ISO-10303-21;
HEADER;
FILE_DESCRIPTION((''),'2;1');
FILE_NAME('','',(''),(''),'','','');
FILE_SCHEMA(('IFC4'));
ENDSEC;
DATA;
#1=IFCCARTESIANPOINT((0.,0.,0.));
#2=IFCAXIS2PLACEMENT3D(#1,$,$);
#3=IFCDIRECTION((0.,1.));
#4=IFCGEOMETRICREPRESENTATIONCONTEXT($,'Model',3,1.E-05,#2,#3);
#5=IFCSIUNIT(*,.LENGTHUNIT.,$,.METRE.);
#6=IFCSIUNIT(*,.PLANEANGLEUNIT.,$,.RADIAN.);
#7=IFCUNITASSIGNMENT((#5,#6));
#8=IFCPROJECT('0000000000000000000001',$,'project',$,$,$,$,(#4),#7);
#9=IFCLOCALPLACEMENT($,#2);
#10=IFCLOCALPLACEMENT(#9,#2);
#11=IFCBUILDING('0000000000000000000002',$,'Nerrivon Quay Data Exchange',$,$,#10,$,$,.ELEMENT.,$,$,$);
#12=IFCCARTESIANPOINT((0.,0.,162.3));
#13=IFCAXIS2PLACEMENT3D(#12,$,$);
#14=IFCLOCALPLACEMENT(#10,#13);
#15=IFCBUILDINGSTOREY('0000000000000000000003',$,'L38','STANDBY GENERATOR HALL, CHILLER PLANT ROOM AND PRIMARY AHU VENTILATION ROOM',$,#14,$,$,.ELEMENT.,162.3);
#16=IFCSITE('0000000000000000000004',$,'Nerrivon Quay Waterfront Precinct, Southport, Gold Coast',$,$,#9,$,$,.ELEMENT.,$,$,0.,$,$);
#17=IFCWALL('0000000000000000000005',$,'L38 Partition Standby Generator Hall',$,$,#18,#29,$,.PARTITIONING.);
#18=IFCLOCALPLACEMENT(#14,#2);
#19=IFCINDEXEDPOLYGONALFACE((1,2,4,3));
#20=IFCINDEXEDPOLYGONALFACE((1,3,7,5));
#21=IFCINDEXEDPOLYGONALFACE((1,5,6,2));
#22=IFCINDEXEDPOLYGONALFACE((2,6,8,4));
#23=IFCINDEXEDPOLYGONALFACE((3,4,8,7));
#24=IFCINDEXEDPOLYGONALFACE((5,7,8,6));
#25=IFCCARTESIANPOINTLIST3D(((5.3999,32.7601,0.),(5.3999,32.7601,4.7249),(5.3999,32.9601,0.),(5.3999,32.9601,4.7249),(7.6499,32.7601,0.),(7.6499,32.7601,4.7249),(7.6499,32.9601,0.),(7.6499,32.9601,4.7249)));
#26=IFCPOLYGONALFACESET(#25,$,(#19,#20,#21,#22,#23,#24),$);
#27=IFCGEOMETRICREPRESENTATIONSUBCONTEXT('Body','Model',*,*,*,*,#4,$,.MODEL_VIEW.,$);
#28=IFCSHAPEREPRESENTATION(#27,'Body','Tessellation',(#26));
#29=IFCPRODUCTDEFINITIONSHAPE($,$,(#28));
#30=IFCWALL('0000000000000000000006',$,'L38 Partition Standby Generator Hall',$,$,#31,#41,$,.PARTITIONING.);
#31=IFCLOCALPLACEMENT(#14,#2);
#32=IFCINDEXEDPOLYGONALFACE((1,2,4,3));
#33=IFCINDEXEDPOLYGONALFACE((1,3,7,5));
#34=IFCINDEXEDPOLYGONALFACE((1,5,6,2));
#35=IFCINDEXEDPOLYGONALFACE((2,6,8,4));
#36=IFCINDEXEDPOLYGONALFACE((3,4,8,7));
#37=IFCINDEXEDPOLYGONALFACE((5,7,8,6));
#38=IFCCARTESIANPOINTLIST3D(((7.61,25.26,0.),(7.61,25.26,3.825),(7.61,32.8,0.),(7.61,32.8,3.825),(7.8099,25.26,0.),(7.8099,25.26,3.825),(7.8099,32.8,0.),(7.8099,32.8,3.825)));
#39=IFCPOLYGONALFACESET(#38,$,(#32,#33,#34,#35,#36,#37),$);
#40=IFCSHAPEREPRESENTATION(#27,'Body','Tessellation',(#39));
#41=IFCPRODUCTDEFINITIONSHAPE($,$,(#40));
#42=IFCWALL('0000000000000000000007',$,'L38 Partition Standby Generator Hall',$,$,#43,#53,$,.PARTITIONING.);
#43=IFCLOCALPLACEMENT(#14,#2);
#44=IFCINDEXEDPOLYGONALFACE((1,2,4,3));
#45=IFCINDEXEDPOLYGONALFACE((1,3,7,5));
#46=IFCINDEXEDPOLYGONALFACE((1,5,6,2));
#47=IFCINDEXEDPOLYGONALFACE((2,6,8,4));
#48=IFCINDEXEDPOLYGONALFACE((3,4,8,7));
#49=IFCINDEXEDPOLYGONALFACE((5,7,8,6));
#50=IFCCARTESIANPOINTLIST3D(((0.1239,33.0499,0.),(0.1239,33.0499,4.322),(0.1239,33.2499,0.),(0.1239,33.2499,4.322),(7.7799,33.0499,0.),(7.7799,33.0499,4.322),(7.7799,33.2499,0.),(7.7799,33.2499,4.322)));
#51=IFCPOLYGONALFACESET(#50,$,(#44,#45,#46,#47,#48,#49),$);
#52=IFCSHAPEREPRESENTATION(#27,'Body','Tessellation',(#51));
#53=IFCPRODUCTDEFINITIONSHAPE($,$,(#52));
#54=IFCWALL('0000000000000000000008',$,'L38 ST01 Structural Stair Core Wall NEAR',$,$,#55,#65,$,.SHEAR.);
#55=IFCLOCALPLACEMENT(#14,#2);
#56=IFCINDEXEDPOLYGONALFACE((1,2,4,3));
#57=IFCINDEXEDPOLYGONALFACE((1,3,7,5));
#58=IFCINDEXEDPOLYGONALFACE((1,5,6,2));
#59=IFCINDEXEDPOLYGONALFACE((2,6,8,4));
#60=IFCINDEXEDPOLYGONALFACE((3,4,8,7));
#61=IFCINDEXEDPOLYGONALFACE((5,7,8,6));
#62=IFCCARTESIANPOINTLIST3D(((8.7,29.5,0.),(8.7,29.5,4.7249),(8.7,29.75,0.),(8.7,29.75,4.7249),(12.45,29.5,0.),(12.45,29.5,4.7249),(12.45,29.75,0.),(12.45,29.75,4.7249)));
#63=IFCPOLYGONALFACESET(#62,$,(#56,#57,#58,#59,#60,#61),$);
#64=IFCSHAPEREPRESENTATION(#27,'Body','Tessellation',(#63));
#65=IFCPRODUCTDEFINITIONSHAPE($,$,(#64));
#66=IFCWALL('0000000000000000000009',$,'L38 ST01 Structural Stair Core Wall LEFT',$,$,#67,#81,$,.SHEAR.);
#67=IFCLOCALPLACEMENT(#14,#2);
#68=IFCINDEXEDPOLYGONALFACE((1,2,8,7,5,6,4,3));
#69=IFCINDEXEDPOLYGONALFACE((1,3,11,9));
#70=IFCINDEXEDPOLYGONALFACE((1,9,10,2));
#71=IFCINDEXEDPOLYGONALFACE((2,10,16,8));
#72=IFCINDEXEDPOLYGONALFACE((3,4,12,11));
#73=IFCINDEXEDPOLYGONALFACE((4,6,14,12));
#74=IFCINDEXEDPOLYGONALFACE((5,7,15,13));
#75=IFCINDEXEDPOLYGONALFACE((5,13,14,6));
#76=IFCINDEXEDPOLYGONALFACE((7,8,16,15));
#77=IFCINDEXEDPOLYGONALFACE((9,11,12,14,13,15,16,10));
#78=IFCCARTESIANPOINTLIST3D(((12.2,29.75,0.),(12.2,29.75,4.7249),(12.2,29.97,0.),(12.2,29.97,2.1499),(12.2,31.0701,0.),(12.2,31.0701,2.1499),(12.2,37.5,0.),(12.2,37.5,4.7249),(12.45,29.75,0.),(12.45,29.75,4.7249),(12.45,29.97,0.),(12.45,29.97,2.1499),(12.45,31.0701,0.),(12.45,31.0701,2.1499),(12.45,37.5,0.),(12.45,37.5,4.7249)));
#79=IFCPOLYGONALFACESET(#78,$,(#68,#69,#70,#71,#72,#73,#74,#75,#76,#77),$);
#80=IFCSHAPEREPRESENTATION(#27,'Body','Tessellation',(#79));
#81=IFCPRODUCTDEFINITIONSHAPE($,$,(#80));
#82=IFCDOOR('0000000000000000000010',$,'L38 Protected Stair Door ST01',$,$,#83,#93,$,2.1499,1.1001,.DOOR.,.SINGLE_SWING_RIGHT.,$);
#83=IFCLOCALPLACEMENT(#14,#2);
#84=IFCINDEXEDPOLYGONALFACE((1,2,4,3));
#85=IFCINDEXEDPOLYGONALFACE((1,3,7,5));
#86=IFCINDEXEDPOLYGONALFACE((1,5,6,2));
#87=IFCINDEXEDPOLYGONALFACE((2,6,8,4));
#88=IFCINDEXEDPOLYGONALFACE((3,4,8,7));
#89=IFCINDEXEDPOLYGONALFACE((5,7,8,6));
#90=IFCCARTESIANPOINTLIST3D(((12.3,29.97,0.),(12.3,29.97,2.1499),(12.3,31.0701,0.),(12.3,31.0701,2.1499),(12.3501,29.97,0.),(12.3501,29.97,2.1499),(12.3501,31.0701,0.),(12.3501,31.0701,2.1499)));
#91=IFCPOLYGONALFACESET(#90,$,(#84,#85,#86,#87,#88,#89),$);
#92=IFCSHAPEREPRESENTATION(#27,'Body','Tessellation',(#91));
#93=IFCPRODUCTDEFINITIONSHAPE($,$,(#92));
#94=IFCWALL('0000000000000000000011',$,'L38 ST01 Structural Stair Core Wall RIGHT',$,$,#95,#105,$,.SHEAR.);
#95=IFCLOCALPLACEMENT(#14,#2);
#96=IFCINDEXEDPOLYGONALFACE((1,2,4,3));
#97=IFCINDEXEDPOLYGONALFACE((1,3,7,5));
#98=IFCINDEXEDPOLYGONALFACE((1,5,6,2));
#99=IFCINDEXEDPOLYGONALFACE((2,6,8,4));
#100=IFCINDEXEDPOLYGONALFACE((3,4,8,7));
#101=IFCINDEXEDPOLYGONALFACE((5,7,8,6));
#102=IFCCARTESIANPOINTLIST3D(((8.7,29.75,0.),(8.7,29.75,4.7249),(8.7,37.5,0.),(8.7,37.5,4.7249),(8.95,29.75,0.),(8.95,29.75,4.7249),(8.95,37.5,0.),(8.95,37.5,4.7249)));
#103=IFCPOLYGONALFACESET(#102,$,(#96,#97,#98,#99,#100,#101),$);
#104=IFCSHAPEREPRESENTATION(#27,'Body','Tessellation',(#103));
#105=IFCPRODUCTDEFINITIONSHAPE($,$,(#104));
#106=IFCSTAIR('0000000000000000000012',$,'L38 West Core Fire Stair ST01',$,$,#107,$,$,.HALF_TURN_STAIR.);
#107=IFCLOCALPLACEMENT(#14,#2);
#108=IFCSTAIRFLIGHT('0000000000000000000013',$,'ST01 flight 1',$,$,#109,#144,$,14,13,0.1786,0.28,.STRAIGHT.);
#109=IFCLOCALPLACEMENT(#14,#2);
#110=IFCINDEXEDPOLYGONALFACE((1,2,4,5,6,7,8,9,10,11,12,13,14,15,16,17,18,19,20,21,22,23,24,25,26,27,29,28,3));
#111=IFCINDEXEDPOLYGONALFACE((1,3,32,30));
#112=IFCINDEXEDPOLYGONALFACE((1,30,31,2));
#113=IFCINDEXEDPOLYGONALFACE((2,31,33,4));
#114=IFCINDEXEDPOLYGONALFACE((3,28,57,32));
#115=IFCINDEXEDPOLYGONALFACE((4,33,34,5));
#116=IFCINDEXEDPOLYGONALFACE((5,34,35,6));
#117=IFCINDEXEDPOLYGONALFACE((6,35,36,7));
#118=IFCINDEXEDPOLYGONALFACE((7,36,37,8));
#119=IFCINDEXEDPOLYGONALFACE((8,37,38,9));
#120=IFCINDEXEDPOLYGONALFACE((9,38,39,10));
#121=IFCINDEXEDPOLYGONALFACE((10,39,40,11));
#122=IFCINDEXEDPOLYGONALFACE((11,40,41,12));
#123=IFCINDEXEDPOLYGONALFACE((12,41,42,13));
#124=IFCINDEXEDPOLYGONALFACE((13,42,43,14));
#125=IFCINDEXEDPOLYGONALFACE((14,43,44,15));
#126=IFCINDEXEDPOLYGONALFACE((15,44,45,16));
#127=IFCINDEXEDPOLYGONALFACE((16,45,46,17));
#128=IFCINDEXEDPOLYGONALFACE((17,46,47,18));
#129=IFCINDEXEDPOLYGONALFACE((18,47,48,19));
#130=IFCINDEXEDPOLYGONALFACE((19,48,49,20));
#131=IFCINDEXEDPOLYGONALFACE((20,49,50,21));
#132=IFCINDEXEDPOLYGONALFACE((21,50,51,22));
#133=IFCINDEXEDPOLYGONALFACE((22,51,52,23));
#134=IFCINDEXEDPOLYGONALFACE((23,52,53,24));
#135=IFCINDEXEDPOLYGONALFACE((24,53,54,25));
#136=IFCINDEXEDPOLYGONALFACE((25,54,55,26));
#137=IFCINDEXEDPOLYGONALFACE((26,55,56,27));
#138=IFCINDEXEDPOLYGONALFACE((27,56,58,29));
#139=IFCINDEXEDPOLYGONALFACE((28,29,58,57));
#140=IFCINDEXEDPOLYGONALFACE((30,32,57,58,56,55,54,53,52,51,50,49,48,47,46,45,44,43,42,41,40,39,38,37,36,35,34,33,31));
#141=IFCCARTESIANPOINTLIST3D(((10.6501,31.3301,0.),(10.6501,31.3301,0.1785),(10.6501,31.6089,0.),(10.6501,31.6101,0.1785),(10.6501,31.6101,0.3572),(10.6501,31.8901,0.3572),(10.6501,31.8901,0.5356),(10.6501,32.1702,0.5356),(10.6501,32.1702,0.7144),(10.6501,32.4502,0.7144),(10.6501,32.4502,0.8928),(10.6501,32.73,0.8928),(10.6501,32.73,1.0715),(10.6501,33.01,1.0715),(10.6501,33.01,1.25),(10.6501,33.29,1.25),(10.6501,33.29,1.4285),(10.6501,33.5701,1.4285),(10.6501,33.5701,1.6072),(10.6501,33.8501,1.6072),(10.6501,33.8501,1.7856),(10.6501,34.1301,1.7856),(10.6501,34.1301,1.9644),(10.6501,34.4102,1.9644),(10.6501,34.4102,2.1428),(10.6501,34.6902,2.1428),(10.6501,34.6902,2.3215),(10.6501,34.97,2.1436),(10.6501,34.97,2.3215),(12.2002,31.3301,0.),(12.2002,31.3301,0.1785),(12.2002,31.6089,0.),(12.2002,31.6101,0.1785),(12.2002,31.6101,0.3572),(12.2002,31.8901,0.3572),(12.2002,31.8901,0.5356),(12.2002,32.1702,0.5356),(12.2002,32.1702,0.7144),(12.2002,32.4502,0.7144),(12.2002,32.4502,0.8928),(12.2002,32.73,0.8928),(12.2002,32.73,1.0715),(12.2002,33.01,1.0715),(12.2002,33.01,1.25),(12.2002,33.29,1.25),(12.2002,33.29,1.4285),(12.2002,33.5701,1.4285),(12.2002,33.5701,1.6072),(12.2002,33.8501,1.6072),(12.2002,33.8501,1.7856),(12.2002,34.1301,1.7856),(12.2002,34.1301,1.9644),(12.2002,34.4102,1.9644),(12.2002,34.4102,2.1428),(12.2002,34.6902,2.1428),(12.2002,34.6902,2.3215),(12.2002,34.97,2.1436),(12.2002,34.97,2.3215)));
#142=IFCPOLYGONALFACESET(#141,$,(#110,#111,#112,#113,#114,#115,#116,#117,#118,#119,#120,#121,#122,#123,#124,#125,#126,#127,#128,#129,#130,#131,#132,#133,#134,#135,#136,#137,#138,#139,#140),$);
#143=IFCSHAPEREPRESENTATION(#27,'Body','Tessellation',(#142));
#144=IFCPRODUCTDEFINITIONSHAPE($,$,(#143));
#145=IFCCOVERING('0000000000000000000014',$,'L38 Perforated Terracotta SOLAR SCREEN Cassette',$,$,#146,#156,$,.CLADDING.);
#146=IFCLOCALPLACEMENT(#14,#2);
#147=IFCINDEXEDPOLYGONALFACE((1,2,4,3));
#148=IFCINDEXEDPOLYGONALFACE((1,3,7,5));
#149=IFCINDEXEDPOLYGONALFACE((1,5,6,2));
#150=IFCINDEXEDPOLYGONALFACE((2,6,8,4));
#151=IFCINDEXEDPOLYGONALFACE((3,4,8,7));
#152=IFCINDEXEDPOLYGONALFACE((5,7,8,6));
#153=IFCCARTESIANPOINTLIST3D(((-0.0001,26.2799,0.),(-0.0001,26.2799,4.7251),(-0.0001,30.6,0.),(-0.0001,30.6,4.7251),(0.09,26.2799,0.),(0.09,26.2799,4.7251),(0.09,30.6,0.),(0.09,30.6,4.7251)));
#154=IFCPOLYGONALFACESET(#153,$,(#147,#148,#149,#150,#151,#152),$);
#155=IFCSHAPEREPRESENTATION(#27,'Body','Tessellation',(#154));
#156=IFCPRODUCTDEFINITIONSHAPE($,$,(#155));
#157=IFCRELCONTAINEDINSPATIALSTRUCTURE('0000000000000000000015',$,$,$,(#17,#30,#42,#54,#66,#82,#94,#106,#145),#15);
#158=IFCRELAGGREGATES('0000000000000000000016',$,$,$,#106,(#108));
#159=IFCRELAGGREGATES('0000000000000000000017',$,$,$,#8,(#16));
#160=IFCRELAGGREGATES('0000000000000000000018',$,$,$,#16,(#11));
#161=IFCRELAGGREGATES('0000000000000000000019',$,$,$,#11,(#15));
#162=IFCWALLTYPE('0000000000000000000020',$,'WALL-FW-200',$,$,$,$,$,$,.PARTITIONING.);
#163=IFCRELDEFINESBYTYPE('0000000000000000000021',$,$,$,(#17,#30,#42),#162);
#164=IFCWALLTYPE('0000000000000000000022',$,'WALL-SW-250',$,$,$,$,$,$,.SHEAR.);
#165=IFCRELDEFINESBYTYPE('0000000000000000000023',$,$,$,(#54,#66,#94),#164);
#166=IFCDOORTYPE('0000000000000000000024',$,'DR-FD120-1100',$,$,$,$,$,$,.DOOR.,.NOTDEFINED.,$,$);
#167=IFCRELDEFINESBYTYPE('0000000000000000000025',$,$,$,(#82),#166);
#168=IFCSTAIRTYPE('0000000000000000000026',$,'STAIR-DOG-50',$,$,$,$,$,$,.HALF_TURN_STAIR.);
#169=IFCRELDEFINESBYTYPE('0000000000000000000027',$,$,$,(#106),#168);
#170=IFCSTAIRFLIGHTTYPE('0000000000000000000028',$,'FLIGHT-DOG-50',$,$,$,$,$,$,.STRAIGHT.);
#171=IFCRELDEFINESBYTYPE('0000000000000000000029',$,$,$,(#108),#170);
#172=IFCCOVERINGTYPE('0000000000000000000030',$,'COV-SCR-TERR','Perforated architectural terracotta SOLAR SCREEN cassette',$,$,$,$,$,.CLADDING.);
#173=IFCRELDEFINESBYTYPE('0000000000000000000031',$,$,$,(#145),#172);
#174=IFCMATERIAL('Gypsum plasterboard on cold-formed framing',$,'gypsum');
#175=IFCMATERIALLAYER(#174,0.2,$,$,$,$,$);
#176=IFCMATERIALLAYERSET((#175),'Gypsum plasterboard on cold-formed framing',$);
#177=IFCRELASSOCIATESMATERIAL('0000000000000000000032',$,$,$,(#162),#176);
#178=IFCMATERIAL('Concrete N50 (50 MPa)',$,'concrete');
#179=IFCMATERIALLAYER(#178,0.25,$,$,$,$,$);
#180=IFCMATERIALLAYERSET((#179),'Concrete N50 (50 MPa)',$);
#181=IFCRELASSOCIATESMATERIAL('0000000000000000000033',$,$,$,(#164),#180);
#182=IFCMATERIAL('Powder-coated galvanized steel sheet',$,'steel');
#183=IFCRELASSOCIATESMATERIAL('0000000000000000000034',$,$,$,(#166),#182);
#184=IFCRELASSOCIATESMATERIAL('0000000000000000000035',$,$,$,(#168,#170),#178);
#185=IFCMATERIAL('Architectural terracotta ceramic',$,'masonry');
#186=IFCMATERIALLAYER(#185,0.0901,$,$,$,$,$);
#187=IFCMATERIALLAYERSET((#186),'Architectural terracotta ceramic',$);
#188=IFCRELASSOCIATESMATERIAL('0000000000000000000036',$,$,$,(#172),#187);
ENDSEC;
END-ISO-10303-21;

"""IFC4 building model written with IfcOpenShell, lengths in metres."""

from ifc_helpers import new_model, si_unit, direction, frame, frame_2d, origin, origin_2d, place, context, subcontext, project, spatial, polyline, rectangle, outline, extrude, material, layer, layer_set, type_object, element, fill, aggregate, save


model = new_model("IFC4")

# Units and contexts
model_context = context("Model", 3, precision=1e-05, world=origin(), true_north=direction((0.0, 1.0)))
body_context = subcontext(model_context, "Body", "Model", "MODEL_VIEW")
ifc_project = project(units=[si_unit("LENGTHUNIT", "METRE"), si_unit("PLANEANGLEUNIT", "RADIAN")], contexts=[model_context])

# Site, building, storey
site_placement = place(None, origin())
site = spatial("IfcSite", under=ifc_project, at=site_placement, Name="Nerrivon Quay Waterfront Precinct, Southport, Gold Coast", CompositionType="ELEMENT", RefElevation=0.0)
building_placement = place(site_placement, origin())
building = spatial("IfcBuilding", under=site, at=building_placement, Name="Nerrivon Quay Data Exchange", CompositionType="ELEMENT")
storey_placement = place(building_placement, frame((0.0, 0.0, 162.3)))
storey = spatial("IfcBuildingStorey", under=building, at=storey_placement, Name="L38", Description="STANDBY GENERATOR HALL, CHILLER PLANT ROOM AND PRIMARY AHU VENTILATION ROOM", CompositionType="ELEMENT", Elevation=162.3)

# Shared definitions
ifc_material_1 = material(Name="Gypsum plasterboard on cold-formed framing", Category="gypsum")
ifc_layer_1 = layer(ifc_material_1, 0.2)
ifc_layer_set_1 = layer_set([ifc_layer_1], Name="Gypsum plasterboard on cold-formed framing")
wall_type_1 = type_object("IfcWallType", Name="WALL-FW-200", PredefinedType="PARTITIONING", material=ifc_layer_set_1)
ifc_material_2 = material(Name="Powder-coated galvanized steel sheet", Category="steel")

# Walls
wall_1_placement = place(storey_placement, frame((5.3999, 32.8601, 0.0), z_axis=(0.0, 0.0, 1.0), x_axis=(1.0, 0.0, 0.0)))
element("IfcWall", 1, at=wall_1_placement, inside=storey, type_object=wall_type_1, Name="L38 Partition Standby Generator Hall", PredefinedType="PARTITIONING", context=body_context, shape_type="SweptSolid", body=[
    extrude(rectangle(XDim=2.25, YDim=0.2, at=frame_2d((1.125, 0.0))), origin(), (0.0, 0.0, 1.0), 4.7249),
])
wall_2_placement = place(storey_placement, frame((7.71, 32.8, 0.0), z_axis=(0.0, 0.0, 1.0), x_axis=(0.0, -1.0, 0.0)))
element("IfcWall", 2, at=wall_2_placement, inside=storey, type_object=wall_type_1, Name="L38 Partition Standby Generator Hall", PredefinedType="PARTITIONING", context=body_context, shape_type="SweptSolid", body=[
    extrude(rectangle(XDim=7.54, YDim=0.2, at=frame_2d((3.77, 0.0))), origin(), (0.0, 0.0, 1.0), 3.825),
])
wall_3_placement = place(storey_placement, frame((7.78, 33.1499, 0.0), z_axis=(0.0, 0.0, 1.0), x_axis=(-1.0, 0.0, 0.0)))
element("IfcWall", 3, at=wall_3_placement, inside=storey, type_object=wall_type_1, Name="L38 Partition Standby Generator Hall", PredefinedType="PARTITIONING", context=body_context, shape_type="SweptSolid", body=[
    extrude(rectangle(XDim=7.656, YDim=0.2, at=frame_2d((3.8281, 0.0))), origin(), (0.0, 0.0, 1.0), 4.322),
])
ifc_material_3 = material(Name="Concrete N50 (50 MPa)", Category="concrete")
ifc_layer_2 = layer(ifc_material_3, 0.25)
ifc_layer_set_2 = layer_set([ifc_layer_2], Name="Concrete N50 (50 MPa)")
wall_type_2 = type_object("IfcWallType", Name="WALL-SW-250", PredefinedType="SHEAR", material=ifc_layer_set_2)
wall_4_placement = place(storey_placement, frame((12.45, 29.625, 0.0), z_axis=(0.0, 0.0, 1.0), x_axis=(-1.0, 0.0, 0.0)))
element("IfcWall", 4, at=wall_4_placement, inside=storey, type_object=wall_type_2, Name="L38 ST01 Structural Stair Core Wall NEAR", PredefinedType="SHEAR", context=body_context, shape_type="SweptSolid", body=[
    extrude(rectangle(XDim=3.75, YDim=0.25, at=frame_2d((1.875, 0.0))), origin(), (0.0, 0.0, 1.0), 4.7249),
])

# Wall, opening, door
wall_5_placement = place(storey_placement, frame((12.325, 29.75, 0.0), z_axis=(0.0, 0.0, 1.0), x_axis=(0.0, 1.0, 0.0)))
wall_5 = element("IfcWall", 5, at=wall_5_placement, inside=storey, type_object=wall_type_2, Name="L38 ST01 Structural Stair Core Wall LEFT", PredefinedType="SHEAR", context=body_context, shape_type="SweptSolid", body=[
    extrude(rectangle(XDim=7.75, YDim=0.25, at=frame_2d((3.875, 0.0))), origin(), (0.0, 0.0, 1.0), 4.7249),
])
opening_1_placement = place(wall_5_placement, frame((0.22, 0.0, 0.0)))
opening_1 = element("IfcOpeningElement", 6, at=opening_1_placement, cuts=wall_5, PredefinedType="OPENING", context=body_context, shape_type="SweptSolid", body=[
    extrude(rectangle(XDim=1.1001, YDim=2.1499, at=frame_2d((0.55, 1.075))), frame((0.0, 0.135, 0.0), z_axis=(0.0, -1.0, 0.0), x_axis=(1.0, 0.0, 0.0)), (0.0, 0.0, 1.0), 0.27),
])
door_type_1 = type_object("IfcDoorType", Name="DR-FD120-1100", OperationType="NOTDEFINED", PredefinedType="DOOR", material=ifc_material_2)
door_1_placement = place(opening_1_placement, origin())
door_1 = element("IfcDoor", 7, at=door_1_placement, inside=storey, type_object=door_type_1, Name="L38 Protected Stair Door ST01", OperationType="SINGLE_SWING_RIGHT", OverallHeight=2.1499, OverallWidth=1.1001, PredefinedType="DOOR", context=body_context, shape_type="SweptSolid", body=[
    extrude(rectangle(XDim=1.1001, YDim=2.1499, at=frame_2d((0.55, 1.075))), frame((0.0, 0.0249, 0.0), z_axis=(0.0, -1.0, 0.0), x_axis=(1.0, 0.0, 0.0)), (0.0, 0.0, 1.0), 0.05),
])
fill(opening_1, door_1)

# Wall
wall_6_placement = place(storey_placement, frame((8.825, 29.75, 0.0), z_axis=(0.0, 0.0, 1.0), x_axis=(0.0, 1.0, 0.0)))
element("IfcWall", 8, at=wall_6_placement, inside=storey, type_object=wall_type_2, Name="L38 ST01 Structural Stair Core Wall RIGHT", PredefinedType="SHEAR", context=body_context, shape_type="SweptSolid", body=[
    extrude(rectangle(XDim=7.75, YDim=0.25, at=frame_2d((3.875, 0.0))), origin(), (0.0, 0.0, 1.0), 4.7249),
])

# Stair, stair flight
stair_type = type_object("IfcStairType", Name="STAIR-DOG-50", PredefinedType="HALF_TURN_STAIR", material=ifc_material_3)
stair_placement = place(storey_placement, origin())
stair = element("IfcStair", 9, at=stair_placement, inside=storey, type_object=stair_type, Name="L38 West Core Fire Stair ST01", PredefinedType="HALF_TURN_STAIR")
stair_flight_type = type_object("IfcStairFlightType", Name="FLIGHT-DOG-50", PredefinedType="STRAIGHT", material=ifc_material_3)
stair_flight_placement = place(storey_placement, frame((11.425, 31.3301, 0.0), z_axis=(0.0, 0.0, 1.0), x_axis=(0.0, 1.0, 0.0)))
stair_flight = element("IfcStairFlight", 10, at=stair_flight_placement, type_object=stair_flight_type, Name="ST01 flight 1", NumberOfRisers=14, NumberOfTreads=13, PredefinedType="STRAIGHT", RiserHeight=0.1786, TreadLength=0.28, context=body_context, shape_type="SweptSolid", body=[
    extrude(outline(polyline([(0.0, 0.0), (0.0, 0.1785), (0.28, 0.1785), (0.28, 0.3572), (0.5601, 0.3572), (0.5601, 0.5356), (0.8401, 0.5356), (0.8401, 0.7144), (1.1201, 0.7144), (1.1201, 0.8928), (1.3999, 0.8928), (1.3999, 1.0715), (1.6799, 1.0715), (1.6799, 1.25), (1.96, 1.25), (1.96, 1.4285), (2.24, 1.4285), (2.24, 1.6072), (2.52, 1.6072), (2.52, 1.7856), (2.8, 1.7856), (2.8, 1.9644), (3.0801, 1.9644), (3.0801, 2.1428), (3.3601, 2.1428), (3.3601, 2.3215), (3.6399, 2.3215), (3.6399, 2.5), (3.6399, 2.1436), (0.2788, 0.0), (0.0, 0.0)])), frame((0.0, 0.7749, 0.0), z_axis=(0.0, -1.0, 0.0), x_axis=(1.0, 0.0, 0.0)), (0.0, 0.0, 1.0), 1.55),
])
aggregate(stair, [stair_flight])

# Covering
ifc_material_4 = material(Name="Architectural terracotta ceramic", Category="masonry")
ifc_layer_3 = layer(ifc_material_4, 0.0901)
ifc_layer_set_3 = layer_set([ifc_layer_3], Name="Architectural terracotta ceramic")
covering_type = type_object("IfcCoveringType", Name="COV-SCR-TERR", Description="Perforated architectural terracotta SOLAR SCREEN cassette", PredefinedType="CLADDING", material=ifc_layer_set_3)
covering_placement = place(storey_placement, frame((0.0449, 28.4399, 0.0), z_axis=(0.0, 0.0, 1.0), x_axis=(0.0, 1.0, 0.0)))
element("IfcCovering", 11, at=covering_placement, inside=storey, type_object=covering_type, Name="L38 Perforated Terracotta SOLAR SCREEN Cassette", PredefinedType="CLADDING", context=body_context, shape_type="SweptSolid", body=[
    extrude(rectangle(XDim=4.3201, YDim=0.0901, at=origin_2d()), origin(), (0.0, 0.0, 1.0), 4.7251),
])

save(model, "model.ifc")
